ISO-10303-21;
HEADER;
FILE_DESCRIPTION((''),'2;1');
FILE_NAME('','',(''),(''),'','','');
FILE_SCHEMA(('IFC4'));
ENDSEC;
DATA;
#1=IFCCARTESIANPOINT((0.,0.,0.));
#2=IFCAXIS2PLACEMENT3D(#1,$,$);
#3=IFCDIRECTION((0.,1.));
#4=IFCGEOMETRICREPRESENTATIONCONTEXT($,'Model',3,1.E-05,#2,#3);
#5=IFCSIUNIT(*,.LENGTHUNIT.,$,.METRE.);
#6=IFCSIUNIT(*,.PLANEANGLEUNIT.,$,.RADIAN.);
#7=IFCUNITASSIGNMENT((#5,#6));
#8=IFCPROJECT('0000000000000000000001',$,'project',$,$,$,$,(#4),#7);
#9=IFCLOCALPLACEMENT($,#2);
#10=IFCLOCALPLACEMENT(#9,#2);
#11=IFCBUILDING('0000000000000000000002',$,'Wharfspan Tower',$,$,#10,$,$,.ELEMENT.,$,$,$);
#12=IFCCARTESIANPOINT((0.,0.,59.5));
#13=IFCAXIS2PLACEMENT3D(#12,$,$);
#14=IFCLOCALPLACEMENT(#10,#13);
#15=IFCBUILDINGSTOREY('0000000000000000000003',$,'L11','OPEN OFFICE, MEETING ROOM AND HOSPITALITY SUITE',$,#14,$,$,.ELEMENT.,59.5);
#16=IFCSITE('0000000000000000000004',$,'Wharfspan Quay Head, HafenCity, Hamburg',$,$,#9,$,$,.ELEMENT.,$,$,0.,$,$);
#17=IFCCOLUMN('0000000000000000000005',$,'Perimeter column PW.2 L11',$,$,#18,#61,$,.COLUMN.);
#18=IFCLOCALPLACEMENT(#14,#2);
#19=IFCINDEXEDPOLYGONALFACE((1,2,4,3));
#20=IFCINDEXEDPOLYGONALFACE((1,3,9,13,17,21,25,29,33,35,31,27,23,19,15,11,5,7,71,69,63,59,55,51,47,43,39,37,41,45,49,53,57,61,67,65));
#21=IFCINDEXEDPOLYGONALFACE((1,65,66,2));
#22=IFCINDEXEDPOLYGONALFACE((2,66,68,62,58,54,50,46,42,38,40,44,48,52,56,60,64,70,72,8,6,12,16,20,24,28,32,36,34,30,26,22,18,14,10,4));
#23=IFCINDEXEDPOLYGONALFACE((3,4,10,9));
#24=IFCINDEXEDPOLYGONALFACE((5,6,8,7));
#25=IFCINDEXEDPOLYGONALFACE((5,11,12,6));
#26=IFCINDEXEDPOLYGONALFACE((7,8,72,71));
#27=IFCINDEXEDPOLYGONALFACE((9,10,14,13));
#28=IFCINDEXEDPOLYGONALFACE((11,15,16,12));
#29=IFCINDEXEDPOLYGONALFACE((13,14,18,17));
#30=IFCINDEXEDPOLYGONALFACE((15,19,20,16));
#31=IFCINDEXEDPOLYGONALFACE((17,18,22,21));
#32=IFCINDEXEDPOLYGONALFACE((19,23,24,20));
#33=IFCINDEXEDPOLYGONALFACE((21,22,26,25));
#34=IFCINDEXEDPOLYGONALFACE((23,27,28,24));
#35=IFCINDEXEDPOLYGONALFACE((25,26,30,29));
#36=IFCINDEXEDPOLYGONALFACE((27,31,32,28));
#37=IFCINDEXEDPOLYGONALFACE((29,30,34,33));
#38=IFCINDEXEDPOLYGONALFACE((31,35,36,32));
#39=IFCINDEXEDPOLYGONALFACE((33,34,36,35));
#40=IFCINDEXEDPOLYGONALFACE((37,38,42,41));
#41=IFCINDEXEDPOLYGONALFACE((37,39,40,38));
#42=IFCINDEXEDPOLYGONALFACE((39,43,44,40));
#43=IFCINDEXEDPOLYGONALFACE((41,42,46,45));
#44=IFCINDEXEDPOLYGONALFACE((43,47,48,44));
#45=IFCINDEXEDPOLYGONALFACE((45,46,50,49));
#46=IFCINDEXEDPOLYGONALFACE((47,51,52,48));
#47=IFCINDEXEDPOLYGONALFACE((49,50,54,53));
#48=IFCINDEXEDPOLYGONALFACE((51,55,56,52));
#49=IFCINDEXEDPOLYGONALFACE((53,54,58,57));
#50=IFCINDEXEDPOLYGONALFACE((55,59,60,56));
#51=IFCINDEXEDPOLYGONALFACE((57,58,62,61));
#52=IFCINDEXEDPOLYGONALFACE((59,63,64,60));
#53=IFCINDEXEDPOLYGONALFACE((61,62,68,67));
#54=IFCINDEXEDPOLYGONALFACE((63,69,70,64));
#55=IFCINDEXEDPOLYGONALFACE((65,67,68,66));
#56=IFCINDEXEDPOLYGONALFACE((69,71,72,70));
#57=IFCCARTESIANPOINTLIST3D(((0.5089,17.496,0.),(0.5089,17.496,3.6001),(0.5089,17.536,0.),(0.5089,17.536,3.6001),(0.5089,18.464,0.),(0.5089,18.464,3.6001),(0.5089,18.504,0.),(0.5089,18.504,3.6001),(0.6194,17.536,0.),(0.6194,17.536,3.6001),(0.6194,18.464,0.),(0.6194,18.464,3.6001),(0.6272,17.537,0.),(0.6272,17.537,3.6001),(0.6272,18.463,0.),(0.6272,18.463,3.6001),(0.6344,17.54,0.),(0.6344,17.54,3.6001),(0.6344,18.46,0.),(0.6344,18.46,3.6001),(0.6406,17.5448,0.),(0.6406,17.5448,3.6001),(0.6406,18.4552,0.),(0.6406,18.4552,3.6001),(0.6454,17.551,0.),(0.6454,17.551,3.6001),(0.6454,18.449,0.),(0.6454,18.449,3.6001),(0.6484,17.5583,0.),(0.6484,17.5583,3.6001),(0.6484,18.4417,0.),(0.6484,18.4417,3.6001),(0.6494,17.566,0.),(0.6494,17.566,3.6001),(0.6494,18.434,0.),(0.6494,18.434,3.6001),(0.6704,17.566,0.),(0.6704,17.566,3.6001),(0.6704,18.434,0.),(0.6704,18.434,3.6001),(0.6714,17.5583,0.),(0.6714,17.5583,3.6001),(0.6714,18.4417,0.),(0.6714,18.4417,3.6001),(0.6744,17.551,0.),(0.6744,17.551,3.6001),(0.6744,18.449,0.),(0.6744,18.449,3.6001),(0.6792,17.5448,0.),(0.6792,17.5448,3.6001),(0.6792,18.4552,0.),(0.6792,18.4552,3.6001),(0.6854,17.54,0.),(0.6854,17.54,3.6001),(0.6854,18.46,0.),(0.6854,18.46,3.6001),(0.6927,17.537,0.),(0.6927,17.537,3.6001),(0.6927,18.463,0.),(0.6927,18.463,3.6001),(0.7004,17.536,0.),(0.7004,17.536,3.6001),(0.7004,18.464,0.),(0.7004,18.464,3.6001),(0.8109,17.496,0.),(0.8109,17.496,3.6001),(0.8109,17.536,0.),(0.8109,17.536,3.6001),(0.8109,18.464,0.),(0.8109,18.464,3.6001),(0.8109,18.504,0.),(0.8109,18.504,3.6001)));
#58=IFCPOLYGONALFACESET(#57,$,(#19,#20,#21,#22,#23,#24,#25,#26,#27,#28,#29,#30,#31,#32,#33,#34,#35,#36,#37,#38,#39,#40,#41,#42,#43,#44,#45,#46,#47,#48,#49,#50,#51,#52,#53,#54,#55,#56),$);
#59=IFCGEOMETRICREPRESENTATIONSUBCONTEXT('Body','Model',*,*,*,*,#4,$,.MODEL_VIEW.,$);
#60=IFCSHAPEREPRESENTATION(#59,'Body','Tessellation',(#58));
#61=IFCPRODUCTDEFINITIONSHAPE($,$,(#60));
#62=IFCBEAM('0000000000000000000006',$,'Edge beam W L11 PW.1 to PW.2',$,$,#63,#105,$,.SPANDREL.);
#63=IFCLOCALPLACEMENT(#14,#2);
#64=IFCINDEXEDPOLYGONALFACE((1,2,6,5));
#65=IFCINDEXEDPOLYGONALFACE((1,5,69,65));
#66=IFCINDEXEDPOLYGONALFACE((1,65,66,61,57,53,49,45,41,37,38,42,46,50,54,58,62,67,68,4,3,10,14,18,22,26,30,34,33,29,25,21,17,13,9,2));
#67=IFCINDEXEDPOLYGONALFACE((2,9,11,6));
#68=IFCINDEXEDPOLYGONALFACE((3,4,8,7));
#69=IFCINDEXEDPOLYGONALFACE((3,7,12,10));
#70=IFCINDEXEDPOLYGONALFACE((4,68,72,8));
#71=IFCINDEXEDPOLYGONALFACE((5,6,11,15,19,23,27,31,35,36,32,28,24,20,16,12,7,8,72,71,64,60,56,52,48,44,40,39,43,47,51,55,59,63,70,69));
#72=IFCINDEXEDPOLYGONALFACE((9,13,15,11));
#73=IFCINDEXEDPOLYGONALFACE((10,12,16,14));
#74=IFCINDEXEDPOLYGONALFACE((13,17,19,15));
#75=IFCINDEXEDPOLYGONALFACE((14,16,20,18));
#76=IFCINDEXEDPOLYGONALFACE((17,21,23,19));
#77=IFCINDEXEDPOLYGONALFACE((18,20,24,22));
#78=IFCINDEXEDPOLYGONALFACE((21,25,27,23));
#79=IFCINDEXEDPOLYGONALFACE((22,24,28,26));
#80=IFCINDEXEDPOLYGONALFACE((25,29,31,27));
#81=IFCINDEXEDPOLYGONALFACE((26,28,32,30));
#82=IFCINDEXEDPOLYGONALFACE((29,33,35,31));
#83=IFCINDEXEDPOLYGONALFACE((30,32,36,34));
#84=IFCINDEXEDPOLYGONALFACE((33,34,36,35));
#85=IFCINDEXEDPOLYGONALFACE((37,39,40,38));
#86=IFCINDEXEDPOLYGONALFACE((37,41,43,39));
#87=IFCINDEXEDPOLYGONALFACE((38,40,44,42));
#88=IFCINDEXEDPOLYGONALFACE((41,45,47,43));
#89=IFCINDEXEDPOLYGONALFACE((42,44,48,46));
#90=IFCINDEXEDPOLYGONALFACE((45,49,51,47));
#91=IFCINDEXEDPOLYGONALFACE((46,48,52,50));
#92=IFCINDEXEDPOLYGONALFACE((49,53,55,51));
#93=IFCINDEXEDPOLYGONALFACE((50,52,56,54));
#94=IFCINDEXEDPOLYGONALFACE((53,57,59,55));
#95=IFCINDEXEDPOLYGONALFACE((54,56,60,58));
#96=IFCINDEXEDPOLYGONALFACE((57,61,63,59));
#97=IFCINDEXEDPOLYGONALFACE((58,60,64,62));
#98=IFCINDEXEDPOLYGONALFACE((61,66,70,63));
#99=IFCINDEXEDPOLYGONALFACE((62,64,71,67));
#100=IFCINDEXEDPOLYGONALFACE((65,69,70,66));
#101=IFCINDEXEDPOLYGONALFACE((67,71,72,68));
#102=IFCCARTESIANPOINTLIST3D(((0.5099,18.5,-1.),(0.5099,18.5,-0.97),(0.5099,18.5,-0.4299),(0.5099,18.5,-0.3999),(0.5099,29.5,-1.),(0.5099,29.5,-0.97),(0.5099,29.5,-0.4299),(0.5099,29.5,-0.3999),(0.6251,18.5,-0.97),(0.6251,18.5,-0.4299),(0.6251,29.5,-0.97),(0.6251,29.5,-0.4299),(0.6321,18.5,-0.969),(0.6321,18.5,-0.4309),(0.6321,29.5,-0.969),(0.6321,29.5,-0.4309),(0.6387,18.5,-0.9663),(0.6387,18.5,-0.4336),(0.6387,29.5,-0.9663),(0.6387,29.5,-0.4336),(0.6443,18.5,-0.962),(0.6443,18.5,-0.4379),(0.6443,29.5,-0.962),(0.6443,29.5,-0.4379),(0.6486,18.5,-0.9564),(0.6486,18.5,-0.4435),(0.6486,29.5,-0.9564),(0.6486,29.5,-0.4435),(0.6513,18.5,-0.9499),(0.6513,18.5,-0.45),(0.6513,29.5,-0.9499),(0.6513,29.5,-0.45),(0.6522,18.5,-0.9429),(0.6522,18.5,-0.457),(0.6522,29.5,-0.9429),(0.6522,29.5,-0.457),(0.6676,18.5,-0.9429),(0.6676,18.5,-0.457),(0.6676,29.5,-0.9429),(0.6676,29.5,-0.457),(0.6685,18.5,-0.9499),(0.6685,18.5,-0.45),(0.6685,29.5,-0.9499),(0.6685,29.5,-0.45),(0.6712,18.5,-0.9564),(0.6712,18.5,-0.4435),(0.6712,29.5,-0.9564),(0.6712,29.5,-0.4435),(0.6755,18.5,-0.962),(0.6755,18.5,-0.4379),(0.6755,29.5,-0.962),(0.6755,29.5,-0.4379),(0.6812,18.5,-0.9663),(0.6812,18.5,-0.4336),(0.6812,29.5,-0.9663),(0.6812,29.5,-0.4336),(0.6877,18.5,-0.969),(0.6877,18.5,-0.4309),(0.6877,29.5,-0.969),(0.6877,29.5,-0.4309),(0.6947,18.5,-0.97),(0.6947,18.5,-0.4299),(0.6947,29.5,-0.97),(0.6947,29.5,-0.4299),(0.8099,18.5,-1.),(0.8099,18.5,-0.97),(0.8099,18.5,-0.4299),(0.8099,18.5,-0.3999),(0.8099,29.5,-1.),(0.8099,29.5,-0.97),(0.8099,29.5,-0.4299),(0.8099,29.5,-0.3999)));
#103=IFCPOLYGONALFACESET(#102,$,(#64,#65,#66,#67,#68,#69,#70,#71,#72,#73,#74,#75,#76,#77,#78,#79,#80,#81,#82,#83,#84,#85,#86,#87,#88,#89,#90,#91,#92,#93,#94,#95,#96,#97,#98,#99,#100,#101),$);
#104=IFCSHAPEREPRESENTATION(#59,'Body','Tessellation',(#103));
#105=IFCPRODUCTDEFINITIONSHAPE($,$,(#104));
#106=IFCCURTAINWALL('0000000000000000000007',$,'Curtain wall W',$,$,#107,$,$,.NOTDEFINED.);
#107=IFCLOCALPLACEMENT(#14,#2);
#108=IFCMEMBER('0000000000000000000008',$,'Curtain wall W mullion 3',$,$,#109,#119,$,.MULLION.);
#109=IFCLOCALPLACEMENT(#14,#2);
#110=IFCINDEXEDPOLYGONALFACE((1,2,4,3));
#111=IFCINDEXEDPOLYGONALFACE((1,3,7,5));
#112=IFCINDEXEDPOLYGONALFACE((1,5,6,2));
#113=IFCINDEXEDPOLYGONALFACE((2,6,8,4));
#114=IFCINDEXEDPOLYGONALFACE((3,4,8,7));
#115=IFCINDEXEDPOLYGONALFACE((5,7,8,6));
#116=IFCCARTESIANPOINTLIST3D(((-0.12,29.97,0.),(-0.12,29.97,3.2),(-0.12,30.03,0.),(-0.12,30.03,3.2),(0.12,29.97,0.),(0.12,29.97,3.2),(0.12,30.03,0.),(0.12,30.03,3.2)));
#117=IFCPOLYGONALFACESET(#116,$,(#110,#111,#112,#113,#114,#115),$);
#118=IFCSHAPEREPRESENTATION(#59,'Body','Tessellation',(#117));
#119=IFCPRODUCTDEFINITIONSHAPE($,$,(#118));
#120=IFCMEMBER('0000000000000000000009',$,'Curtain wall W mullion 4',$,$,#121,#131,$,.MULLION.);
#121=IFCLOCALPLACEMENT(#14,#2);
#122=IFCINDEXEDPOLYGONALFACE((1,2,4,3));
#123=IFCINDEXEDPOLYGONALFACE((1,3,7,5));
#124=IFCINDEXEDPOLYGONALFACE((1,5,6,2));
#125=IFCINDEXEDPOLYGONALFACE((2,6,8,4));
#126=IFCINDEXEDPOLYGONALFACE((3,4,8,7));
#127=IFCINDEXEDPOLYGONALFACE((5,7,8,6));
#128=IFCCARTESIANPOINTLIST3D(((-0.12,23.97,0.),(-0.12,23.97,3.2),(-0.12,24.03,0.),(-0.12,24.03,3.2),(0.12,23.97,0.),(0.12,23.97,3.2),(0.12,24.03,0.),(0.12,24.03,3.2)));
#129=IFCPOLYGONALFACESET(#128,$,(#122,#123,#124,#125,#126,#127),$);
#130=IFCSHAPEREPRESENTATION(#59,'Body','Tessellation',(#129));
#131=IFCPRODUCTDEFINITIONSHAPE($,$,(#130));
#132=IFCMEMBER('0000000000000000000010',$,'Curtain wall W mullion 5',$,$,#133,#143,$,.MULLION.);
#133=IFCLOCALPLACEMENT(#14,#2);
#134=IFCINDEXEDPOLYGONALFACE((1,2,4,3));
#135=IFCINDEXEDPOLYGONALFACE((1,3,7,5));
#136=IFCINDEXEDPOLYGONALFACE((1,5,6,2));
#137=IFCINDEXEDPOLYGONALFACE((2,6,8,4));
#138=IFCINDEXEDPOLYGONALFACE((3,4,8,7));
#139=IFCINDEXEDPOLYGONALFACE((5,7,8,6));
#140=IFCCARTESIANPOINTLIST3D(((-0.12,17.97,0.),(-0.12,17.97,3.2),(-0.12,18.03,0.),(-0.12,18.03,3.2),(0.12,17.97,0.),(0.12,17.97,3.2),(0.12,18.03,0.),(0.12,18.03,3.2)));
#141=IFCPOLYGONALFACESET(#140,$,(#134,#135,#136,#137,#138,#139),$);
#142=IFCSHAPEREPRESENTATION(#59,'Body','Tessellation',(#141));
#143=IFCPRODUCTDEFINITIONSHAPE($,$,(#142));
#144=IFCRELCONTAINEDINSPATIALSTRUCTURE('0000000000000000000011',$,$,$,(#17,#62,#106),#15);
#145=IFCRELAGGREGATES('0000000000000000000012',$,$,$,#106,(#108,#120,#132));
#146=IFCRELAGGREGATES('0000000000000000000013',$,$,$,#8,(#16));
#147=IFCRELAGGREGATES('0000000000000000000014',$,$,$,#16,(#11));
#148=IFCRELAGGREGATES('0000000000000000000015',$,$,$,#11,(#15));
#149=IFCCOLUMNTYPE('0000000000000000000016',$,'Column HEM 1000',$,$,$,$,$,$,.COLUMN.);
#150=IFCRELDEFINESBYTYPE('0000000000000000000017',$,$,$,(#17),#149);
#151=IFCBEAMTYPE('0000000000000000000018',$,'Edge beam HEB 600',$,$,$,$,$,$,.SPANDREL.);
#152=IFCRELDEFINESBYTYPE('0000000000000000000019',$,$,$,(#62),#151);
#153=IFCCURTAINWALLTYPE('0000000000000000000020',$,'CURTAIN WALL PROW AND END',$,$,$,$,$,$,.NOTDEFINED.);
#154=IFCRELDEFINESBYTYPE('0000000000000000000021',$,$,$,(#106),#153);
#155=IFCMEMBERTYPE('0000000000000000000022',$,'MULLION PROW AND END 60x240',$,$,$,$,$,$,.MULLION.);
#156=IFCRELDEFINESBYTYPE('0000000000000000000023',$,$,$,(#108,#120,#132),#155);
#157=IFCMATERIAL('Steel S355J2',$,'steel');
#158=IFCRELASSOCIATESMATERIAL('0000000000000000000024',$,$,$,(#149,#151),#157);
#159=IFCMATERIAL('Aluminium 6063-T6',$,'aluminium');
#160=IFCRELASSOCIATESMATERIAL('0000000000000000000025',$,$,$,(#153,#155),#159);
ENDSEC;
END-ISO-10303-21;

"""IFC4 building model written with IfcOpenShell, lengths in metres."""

from ifc_helpers import new_model, si_unit, direction, frame, origin, origin_2d, place, context, subcontext, project, spatial, rectangle, i_section, extrude, material, material_profile, profile_set, type_object, element, aggregate, save


model = new_model("IFC4")

# Units and contexts
model_context = context("Model", 3, precision=1e-05, world=origin(), true_north=direction((0.0, 1.0)))
body_context = subcontext(model_context, "Body", "Model", "MODEL_VIEW")
ifc_project = project(units=[si_unit("LENGTHUNIT", "METRE"), si_unit("PLANEANGLEUNIT", "RADIAN")], contexts=[model_context])

# Site, building, storey
site_placement = place(None, origin())
site = spatial("IfcSite", under=ifc_project, at=site_placement, Name="Wharfspan Quay Head, HafenCity, Hamburg", CompositionType="ELEMENT", RefElevation=0.0)
building_placement = place(site_placement, origin())
building = spatial("IfcBuilding", under=site, at=building_placement, Name="Wharfspan Tower", CompositionType="ELEMENT")
storey_placement = place(building_placement, frame((0.0, 0.0, 59.5)))
storey = spatial("IfcBuildingStorey", under=building, at=storey_placement, Name="L11", Description="OPEN OFFICE, MEETING ROOM AND HOSPITALITY SUITE", CompositionType="ELEMENT", Elevation=59.5)

# Column
ifc_material_1 = material(Name="Steel S355J2", Category="steel")
ifc_material_profile_1 = material_profile(ifc_material_1, i_section(OverallWidth=0.302, OverallDepth=1.0081, WebThickness=0.021, FlangeThickness=0.04, FilletRadius=0.03, at=origin_2d()))
ifc_profile_set_1 = profile_set([ifc_material_profile_1], Name="Steel S355J2")
column_type = type_object("IfcColumnType", Name="Column HEM 1000", PredefinedType="COLUMN", material=ifc_profile_set_1)
column_placement = place(storey_placement, frame((0.6599, 18.0, 0.0), z_axis=(0.0, 0.0, 1.0), x_axis=(-1.0, 0.0, 0.0)))
element("IfcColumn", 1, at=column_placement, inside=storey, type_object=column_type, Name="Perimeter column PW.2 L11", PredefinedType="COLUMN", context=body_context, shape_type="SweptSolid", body=[
    extrude(i_section(OverallWidth=0.302, OverallDepth=1.0081, WebThickness=0.021, FlangeThickness=0.04, FilletRadius=0.03, at=origin_2d()), origin(), (0.0, 0.0, 1.0), 3.6001),
])

# Beam
ifc_material_profile_2 = material_profile(ifc_material_1, i_section(OverallWidth=0.3, OverallDepth=0.6001, WebThickness=0.0154, FlangeThickness=0.03, FilletRadius=0.0271, at=origin_2d()))
ifc_profile_set_2 = profile_set([ifc_material_profile_2], Name="Steel S355J2")
beam_type = type_object("IfcBeamType", Name="Edge beam HEB 600", PredefinedType="SPANDREL", material=ifc_profile_set_2)
beam_placement = place(storey_placement, frame((0.6599, 29.5, -0.7), z_axis=(0.0, -1.0, 0.0), x_axis=(1.0, 0.0, 0.0)))
element("IfcBeam", 2, at=beam_placement, inside=storey, type_object=beam_type, Name="Edge beam W L11 PW.1 to PW.2", PredefinedType="SPANDREL", context=body_context, shape_type="SweptSolid", body=[
    extrude(i_section(OverallWidth=0.3, OverallDepth=0.6001, WebThickness=0.0154, FlangeThickness=0.03, FilletRadius=0.0271, at=origin_2d()), origin(), (0.0, 0.0, 1.0), 11.0),
])

# Curtain wall, members
ifc_material_2 = material(Name="Aluminium 6063-T6", Category="aluminium")
curtain_wall_type = type_object("IfcCurtainWallType", Name="CURTAIN WALL PROW AND END", PredefinedType="NOTDEFINED", material=ifc_material_2)
curtain_wall_placement = place(storey_placement, origin())
curtain_wall = element("IfcCurtainWall", 3, at=curtain_wall_placement, inside=storey, type_object=curtain_wall_type, Name="Curtain wall W", PredefinedType="NOTDEFINED")
ifc_material_profile_3 = material_profile(ifc_material_2, rectangle(XDim=0.24, YDim=0.0601, at=origin_2d()))
ifc_profile_set_3 = profile_set([ifc_material_profile_3], Name="Aluminium 6063-T6")
member_type_1 = type_object("IfcMemberType", Name="MULLION PROW AND END 60x240", PredefinedType="MULLION", material=ifc_profile_set_3)
member_1_placement = place(storey_placement, frame((0.0, 30.0, 0.0), z_axis=(0.0, 0.0, 1.0), x_axis=(1.0, 0.0, 0.0)))
member_1 = element("IfcMember", 4, at=member_1_placement, type_object=member_type_1, Name="Curtain wall W mullion 3", PredefinedType="MULLION", context=body_context, shape_type="SweptSolid", body=[
    extrude(rectangle(XDim=0.24, YDim=0.0601, at=origin_2d()), origin(), (0.0, 0.0, 1.0), 3.2),
])
member_2_placement = place(storey_placement, frame((0.0, 24.0, 0.0), z_axis=(0.0, 0.0, 1.0), x_axis=(1.0, 0.0, 0.0)))
member_2 = element("IfcMember", 5, at=member_2_placement, type_object=member_type_1, Name="Curtain wall W mullion 4", PredefinedType="MULLION", context=body_context, shape_type="SweptSolid", body=[
    extrude(rectangle(XDim=0.24, YDim=0.0601, at=origin_2d()), origin(), (0.0, 0.0, 1.0), 3.2),
])
member_3_placement = place(storey_placement, frame((0.0, 18.0, 0.0), z_axis=(0.0, 0.0, 1.0), x_axis=(1.0, 0.0, 0.0)))
member_3 = element("IfcMember", 6, at=member_3_placement, type_object=member_type_1, Name="Curtain wall W mullion 5", PredefinedType="MULLION", context=body_context, shape_type="SweptSolid", body=[
    extrude(rectangle(XDim=0.24, YDim=0.0601, at=origin_2d()), origin(), (0.0, 0.0, 1.0), 3.2),
])

aggregate(curtain_wall, [member_1, member_2, member_3])

save(model, "model.ifc")
